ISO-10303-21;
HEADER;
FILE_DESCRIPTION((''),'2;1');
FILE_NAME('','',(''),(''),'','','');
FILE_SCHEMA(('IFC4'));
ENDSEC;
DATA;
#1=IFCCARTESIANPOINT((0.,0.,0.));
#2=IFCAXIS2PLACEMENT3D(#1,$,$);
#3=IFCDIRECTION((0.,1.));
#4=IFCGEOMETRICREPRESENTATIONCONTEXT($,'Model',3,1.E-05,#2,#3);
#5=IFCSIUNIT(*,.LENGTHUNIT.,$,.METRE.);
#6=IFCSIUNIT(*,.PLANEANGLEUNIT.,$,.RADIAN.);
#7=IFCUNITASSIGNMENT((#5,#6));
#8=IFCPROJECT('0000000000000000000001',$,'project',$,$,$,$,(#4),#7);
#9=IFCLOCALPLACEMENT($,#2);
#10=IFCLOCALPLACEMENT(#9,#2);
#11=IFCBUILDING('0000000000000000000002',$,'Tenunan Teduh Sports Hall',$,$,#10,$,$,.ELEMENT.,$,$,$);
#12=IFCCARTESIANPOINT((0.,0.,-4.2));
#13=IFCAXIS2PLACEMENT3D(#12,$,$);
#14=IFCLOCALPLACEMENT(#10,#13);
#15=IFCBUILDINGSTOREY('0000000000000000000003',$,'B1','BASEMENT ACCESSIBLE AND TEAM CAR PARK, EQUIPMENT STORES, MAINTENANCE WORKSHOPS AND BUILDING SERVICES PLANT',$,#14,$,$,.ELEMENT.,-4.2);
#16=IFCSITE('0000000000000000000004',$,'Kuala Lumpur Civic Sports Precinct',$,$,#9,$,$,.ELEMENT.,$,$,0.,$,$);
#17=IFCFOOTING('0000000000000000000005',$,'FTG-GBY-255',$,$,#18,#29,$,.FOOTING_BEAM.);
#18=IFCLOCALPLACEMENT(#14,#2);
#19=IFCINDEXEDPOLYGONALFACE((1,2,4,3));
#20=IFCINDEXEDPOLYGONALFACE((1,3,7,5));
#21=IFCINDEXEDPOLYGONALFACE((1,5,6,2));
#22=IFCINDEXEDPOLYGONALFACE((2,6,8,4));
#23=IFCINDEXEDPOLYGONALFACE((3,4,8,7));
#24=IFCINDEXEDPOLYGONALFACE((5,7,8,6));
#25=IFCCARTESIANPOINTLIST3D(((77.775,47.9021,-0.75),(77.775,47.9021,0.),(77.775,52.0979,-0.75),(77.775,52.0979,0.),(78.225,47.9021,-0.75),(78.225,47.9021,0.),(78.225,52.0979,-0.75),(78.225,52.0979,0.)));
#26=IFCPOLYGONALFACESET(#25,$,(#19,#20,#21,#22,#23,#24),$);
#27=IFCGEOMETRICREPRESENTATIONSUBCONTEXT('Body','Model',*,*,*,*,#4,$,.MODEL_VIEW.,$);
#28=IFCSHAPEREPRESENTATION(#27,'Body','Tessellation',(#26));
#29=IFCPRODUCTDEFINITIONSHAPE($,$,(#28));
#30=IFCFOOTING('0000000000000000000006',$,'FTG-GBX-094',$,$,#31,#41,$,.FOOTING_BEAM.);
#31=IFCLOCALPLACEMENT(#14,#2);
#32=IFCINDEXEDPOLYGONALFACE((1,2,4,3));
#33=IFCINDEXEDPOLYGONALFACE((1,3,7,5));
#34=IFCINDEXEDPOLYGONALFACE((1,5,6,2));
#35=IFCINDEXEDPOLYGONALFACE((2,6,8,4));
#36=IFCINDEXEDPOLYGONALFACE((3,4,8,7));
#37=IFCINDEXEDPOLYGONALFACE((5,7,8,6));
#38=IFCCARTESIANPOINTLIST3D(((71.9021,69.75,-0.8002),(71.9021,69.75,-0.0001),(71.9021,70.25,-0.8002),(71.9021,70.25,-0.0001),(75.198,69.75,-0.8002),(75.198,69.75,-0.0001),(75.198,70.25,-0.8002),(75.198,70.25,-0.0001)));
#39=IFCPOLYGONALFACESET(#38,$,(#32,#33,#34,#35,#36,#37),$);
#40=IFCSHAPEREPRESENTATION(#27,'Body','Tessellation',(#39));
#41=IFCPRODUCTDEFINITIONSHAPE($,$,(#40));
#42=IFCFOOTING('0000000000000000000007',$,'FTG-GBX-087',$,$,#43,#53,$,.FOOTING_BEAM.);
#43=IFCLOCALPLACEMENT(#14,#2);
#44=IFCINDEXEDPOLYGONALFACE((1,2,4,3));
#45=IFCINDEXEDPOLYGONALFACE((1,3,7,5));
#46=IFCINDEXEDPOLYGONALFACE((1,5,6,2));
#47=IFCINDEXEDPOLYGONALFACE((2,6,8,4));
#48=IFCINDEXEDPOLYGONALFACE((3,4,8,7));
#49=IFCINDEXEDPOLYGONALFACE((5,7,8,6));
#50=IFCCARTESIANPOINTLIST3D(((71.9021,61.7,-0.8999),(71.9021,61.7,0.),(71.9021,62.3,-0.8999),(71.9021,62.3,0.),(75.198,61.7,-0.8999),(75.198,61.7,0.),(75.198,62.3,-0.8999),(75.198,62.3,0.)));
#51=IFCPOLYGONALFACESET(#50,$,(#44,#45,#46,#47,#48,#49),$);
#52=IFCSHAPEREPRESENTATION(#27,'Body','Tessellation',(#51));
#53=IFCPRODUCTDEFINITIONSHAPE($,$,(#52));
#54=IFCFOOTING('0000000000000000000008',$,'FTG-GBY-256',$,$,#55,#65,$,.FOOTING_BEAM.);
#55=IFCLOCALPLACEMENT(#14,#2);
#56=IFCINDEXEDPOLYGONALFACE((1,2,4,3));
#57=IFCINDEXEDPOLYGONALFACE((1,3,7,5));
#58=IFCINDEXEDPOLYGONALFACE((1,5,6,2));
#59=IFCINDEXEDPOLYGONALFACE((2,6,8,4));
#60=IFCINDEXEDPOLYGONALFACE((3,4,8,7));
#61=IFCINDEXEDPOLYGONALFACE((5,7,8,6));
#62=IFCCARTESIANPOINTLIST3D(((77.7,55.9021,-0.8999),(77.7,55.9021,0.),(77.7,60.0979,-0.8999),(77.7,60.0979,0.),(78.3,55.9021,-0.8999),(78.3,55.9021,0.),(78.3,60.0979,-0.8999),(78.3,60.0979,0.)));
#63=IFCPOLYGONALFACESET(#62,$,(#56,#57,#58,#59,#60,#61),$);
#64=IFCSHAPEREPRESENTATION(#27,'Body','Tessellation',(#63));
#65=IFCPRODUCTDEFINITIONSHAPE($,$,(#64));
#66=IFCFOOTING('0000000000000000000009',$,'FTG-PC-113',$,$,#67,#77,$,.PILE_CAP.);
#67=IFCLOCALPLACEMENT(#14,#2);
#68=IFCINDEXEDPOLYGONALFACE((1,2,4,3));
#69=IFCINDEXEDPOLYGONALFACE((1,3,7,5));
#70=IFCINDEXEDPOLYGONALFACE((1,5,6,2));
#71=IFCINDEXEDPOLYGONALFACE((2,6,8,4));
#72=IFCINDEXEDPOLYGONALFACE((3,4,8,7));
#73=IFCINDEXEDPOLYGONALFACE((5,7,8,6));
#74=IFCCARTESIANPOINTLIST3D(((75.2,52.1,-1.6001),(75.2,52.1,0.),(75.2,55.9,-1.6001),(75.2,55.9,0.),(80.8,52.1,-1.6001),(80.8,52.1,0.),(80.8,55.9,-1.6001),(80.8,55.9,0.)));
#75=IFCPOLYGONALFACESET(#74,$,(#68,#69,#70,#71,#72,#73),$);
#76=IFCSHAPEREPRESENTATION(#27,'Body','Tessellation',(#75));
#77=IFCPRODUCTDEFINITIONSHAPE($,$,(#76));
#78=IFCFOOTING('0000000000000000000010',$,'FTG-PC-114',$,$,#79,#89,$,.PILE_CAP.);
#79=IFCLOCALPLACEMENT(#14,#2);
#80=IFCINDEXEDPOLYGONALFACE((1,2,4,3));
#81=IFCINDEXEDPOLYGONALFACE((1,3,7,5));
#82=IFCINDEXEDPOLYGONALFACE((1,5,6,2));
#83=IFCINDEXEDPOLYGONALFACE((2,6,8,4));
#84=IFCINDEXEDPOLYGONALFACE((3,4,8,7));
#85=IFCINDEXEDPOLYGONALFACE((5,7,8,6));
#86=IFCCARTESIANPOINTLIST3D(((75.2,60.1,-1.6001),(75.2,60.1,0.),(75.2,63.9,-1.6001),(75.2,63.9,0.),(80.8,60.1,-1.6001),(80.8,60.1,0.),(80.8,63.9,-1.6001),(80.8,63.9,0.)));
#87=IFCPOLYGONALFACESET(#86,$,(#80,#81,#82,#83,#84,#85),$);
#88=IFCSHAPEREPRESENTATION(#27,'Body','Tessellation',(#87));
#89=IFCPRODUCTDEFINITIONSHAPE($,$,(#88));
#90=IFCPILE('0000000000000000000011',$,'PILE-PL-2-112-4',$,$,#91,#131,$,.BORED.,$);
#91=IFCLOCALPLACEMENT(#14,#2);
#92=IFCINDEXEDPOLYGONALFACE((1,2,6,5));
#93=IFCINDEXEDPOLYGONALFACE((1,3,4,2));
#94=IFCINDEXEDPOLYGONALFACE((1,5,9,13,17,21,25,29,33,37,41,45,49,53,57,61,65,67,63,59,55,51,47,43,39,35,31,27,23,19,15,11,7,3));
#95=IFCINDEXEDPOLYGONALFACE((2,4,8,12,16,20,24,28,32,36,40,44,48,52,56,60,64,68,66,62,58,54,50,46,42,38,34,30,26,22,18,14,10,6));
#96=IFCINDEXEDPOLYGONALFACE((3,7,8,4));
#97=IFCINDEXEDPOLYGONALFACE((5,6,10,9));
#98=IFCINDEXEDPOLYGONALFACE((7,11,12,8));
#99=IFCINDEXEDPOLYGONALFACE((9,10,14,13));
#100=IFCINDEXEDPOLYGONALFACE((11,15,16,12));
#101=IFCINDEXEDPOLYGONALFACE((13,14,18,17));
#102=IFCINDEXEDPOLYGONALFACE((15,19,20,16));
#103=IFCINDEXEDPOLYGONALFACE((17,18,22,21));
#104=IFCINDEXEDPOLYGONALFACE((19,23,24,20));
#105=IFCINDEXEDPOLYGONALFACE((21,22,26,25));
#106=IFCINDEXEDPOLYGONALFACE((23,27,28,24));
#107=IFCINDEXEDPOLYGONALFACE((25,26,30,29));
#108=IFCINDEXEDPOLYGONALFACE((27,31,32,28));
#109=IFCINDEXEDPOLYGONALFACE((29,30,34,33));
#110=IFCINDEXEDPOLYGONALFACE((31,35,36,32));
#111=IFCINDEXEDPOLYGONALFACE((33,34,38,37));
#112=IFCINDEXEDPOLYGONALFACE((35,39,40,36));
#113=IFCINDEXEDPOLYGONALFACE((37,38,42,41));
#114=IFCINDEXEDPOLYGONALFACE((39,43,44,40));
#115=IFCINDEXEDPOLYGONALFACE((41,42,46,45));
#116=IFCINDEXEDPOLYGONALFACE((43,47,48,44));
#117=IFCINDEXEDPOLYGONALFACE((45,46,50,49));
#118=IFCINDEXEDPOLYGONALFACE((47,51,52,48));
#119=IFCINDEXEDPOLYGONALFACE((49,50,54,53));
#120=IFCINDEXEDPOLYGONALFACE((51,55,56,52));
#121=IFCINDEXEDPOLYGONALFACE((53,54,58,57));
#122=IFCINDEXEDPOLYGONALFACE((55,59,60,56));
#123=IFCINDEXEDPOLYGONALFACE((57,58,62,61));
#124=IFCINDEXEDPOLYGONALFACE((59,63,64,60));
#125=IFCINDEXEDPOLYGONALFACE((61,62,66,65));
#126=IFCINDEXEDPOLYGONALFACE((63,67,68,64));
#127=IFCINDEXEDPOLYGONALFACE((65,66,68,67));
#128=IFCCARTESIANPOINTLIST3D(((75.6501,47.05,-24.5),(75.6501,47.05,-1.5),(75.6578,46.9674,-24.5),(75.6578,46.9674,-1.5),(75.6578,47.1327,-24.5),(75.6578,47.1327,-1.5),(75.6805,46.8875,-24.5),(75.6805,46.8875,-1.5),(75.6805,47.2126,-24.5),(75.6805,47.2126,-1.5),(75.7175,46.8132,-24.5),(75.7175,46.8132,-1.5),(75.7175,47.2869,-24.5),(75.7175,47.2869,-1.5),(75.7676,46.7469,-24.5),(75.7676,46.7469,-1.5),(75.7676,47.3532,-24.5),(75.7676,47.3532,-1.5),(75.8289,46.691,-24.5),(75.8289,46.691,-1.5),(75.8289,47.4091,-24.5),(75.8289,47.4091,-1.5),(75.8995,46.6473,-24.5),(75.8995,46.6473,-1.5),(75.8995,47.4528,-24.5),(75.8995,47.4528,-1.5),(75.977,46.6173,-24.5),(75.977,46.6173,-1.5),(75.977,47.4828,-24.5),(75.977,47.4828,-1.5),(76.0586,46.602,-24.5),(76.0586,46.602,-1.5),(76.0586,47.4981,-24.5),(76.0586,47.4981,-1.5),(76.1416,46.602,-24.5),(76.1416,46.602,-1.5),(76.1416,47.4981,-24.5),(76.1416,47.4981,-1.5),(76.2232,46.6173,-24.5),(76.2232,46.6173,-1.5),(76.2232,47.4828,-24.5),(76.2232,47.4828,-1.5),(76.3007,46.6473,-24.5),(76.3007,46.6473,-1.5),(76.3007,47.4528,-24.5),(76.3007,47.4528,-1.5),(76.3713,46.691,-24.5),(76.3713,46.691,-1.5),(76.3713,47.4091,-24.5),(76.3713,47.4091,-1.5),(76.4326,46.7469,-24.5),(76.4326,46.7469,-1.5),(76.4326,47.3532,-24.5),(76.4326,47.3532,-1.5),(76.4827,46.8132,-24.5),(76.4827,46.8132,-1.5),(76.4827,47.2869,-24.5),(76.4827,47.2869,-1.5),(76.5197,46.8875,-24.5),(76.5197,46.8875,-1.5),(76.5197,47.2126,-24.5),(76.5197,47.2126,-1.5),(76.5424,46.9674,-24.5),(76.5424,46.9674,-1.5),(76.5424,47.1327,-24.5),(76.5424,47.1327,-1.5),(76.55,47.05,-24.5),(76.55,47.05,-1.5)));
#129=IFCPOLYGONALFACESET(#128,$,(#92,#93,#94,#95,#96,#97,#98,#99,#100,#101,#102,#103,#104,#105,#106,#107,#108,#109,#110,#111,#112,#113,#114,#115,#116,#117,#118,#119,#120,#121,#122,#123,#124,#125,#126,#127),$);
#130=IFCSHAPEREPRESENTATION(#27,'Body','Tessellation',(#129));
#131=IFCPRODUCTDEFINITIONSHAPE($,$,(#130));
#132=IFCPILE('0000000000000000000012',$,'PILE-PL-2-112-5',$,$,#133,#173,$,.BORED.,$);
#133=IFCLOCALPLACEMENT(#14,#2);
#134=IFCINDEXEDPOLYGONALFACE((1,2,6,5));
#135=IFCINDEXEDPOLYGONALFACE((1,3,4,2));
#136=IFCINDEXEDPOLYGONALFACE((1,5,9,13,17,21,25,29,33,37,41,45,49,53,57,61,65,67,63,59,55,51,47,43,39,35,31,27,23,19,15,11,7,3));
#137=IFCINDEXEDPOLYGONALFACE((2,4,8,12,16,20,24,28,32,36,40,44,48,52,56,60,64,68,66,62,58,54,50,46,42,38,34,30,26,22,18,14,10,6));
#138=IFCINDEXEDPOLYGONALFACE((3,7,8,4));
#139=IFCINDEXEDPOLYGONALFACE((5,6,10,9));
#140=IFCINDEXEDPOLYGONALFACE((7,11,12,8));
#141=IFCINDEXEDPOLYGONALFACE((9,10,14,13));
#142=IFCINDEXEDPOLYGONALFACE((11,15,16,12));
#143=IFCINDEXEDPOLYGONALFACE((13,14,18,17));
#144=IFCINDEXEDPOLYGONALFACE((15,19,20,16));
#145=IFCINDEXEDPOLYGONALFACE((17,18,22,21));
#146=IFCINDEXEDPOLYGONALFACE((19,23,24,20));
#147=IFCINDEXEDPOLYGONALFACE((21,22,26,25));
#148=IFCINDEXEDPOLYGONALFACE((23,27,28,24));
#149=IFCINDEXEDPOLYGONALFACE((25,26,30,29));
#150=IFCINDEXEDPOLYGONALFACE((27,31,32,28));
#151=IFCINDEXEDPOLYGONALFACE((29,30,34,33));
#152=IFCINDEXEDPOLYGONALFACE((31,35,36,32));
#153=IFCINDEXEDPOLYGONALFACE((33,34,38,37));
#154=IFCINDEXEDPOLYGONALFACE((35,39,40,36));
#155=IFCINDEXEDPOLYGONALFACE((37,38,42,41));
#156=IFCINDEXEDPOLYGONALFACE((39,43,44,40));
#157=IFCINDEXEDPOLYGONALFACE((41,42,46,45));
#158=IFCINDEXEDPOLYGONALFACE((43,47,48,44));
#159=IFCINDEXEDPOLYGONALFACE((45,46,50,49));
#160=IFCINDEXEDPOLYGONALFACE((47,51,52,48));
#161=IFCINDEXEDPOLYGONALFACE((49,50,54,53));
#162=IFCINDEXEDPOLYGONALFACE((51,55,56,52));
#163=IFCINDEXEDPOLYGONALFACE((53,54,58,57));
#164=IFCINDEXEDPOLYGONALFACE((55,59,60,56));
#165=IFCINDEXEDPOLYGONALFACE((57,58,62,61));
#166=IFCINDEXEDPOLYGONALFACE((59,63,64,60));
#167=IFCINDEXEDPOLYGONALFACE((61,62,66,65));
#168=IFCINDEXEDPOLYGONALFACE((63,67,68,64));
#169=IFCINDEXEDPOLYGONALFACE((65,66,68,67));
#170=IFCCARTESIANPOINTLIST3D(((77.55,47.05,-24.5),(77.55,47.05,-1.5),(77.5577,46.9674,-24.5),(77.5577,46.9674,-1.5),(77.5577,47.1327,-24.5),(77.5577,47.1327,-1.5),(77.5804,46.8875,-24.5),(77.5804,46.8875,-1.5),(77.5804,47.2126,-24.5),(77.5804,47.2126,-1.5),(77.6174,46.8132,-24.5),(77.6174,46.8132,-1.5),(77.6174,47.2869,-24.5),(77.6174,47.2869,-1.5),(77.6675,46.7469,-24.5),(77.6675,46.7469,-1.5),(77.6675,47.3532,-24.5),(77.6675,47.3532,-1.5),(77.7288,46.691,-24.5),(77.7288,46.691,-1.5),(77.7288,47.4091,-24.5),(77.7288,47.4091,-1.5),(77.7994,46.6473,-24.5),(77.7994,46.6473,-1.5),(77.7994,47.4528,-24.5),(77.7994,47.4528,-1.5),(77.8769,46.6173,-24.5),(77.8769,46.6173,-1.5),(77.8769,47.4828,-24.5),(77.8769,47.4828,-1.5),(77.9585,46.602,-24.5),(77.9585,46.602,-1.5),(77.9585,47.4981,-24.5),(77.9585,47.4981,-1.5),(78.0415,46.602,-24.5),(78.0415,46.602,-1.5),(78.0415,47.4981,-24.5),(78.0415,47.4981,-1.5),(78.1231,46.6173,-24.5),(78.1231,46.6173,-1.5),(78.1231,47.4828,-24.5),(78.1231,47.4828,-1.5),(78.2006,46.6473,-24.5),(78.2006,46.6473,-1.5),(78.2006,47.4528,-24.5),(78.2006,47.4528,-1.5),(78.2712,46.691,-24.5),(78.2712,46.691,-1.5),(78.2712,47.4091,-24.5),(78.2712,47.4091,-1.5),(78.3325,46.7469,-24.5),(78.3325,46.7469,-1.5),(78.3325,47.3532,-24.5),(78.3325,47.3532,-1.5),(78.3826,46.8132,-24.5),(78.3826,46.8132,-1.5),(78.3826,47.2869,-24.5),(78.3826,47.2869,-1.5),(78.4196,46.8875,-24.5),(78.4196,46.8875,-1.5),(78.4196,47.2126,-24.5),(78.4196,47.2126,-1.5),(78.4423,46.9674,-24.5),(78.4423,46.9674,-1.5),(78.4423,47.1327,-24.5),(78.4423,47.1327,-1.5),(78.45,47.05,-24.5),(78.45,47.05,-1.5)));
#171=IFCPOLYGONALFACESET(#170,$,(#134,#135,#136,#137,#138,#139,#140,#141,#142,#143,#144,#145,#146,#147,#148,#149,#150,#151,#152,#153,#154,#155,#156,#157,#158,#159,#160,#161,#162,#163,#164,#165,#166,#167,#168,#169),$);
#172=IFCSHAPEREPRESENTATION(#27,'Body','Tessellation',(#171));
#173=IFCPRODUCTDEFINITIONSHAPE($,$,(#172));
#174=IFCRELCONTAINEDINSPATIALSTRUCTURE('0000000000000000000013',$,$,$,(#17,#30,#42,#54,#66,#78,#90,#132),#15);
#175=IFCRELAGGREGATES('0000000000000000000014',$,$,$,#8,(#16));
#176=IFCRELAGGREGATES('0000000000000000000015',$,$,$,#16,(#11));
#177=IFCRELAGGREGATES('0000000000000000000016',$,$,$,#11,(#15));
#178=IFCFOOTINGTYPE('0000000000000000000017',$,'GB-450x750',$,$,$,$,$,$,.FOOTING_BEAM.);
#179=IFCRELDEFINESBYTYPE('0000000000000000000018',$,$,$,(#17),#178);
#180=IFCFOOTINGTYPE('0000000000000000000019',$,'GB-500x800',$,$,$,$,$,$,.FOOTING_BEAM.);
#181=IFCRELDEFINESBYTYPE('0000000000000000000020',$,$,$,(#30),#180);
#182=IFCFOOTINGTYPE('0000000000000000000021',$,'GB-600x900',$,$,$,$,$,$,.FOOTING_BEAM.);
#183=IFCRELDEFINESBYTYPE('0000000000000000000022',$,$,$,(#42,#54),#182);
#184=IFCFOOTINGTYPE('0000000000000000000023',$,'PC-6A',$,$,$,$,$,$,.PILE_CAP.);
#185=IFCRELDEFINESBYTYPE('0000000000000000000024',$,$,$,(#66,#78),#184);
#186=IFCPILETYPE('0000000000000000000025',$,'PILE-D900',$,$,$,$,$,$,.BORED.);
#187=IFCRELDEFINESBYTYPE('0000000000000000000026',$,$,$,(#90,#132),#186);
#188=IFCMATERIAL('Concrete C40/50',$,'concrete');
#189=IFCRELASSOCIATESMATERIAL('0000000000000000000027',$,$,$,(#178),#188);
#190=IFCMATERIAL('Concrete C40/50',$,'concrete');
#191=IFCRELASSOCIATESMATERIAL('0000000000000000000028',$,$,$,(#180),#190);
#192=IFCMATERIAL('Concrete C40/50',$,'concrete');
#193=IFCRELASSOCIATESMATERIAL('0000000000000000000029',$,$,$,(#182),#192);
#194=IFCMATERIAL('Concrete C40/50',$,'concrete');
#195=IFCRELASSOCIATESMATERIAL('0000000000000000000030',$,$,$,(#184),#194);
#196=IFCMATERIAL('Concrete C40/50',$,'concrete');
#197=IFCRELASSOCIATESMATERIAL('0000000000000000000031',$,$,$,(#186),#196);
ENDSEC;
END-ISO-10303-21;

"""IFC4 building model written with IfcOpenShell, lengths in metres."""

from ifc_helpers import new_model, si_unit, direction, frame, origin, origin_2d, place, context, subcontext, project, spatial, rectangle, circle, extrude, material, material_profile, profile_set, type_object, element, save


model = new_model("IFC4")

# Units and contexts
model_context = context("Model", 3, precision=1e-05, world=origin(), true_north=direction((0.0, 1.0)))
body_context = subcontext(model_context, "Body", "Model", "MODEL_VIEW")
ifc_project = project(units=[si_unit("LENGTHUNIT", "METRE"), si_unit("PLANEANGLEUNIT", "RADIAN")], contexts=[model_context])

# Site, building, storey
site_placement = place(None, origin())
site = spatial("IfcSite", under=ifc_project, at=site_placement, Name="Kuala Lumpur Civic Sports Precinct", CompositionType="ELEMENT", RefElevation=0.0)
building_placement = place(site_placement, origin())
building = spatial("IfcBuilding", under=site, at=building_placement, Name="Tenunan Teduh Sports Hall", CompositionType="ELEMENT")
storey_placement = place(building_placement, frame((0.0, 0.0, -4.2)))
storey = spatial("IfcBuildingStorey", under=building, at=storey_placement, Name="B1", Description="BASEMENT ACCESSIBLE AND TEAM CAR PARK, EQUIPMENT STORES, MAINTENANCE WORKSHOPS AND BUILDING SERVICES PLANT", CompositionType="ELEMENT", Elevation=-4.2)

# Footings
ifc_material_1 = material(Name="Concrete C40/50", Category="concrete")
ifc_material_profile_1 = material_profile(ifc_material_1, rectangle(XDim=0.45, YDim=0.75, at=origin_2d()), Name="RCB 450x750")
ifc_profile_set_1 = profile_set([ifc_material_profile_1], Name="Concrete C40/50")
footing_type_1 = type_object("IfcFootingType", Name="GB-450x750", PredefinedType="FOOTING_BEAM", material=ifc_profile_set_1)
footing_1_placement = place(storey_placement, frame((78.0, 47.9021, -0.375), z_axis=(0.0, 1.0, 0.0), x_axis=(-1.0, 0.0, 0.0)))
element("IfcFooting", 1, at=footing_1_placement, inside=storey, type_object=footing_type_1, Name="FTG-GBY-255", PredefinedType="FOOTING_BEAM", context=body_context, shape_type="SweptSolid", body=[
    extrude(rectangle(XDim=0.45, YDim=0.75, at=origin_2d()), origin(), (0.0, 0.0, 1.0), 4.1958),
])
ifc_material_2 = material(Name="Concrete C40/50", Category="concrete")
ifc_material_profile_2 = material_profile(ifc_material_2, rectangle(XDim=0.5, YDim=0.8, at=origin_2d()), Name="RCB 500x800")
ifc_profile_set_2 = profile_set([ifc_material_profile_2], Name="Concrete C40/50")
footing_type_2 = type_object("IfcFootingType", Name="GB-500x800", PredefinedType="FOOTING_BEAM", material=ifc_profile_set_2)
footing_2_placement = place(storey_placement, frame((71.9021, 70.0, -0.4001), z_axis=(1.0, 0.0, 0.0), x_axis=(0.0, 1.0, 0.0)))
element("IfcFooting", 2, at=footing_2_placement, inside=storey, type_object=footing_type_2, Name="FTG-GBX-094", PredefinedType="FOOTING_BEAM", context=body_context, shape_type="SweptSolid", body=[
    extrude(rectangle(XDim=0.5, YDim=0.8, at=origin_2d()), origin(), (0.0, 0.0, 1.0), 3.2959),
])
ifc_material_3 = material(Name="Concrete C40/50", Category="concrete")
ifc_material_profile_3 = material_profile(ifc_material_3, rectangle(XDim=0.6001, YDim=0.8999, at=origin_2d()), Name="RCB 600x900")
ifc_profile_set_3 = profile_set([ifc_material_profile_3], Name="Concrete C40/50")
footing_type_3 = type_object("IfcFootingType", Name="GB-600x900", PredefinedType="FOOTING_BEAM", material=ifc_profile_set_3)
footing_3_placement = place(storey_placement, frame((71.9021, 62.0, -0.45), z_axis=(1.0, 0.0, 0.0), x_axis=(0.0, 1.0, 0.0)))
element("IfcFooting", 3, at=footing_3_placement, inside=storey, type_object=footing_type_3, Name="FTG-GBX-087", PredefinedType="FOOTING_BEAM", context=body_context, shape_type="SweptSolid", body=[
    extrude(rectangle(XDim=0.6001, YDim=0.8999, at=origin_2d()), origin(), (0.0, 0.0, 1.0), 3.2959),
])
footing_4_placement = place(storey_placement, frame((78.0, 55.9021, -0.45), z_axis=(0.0, 1.0, 0.0), x_axis=(-1.0, 0.0, 0.0)))
element("IfcFooting", 4, at=footing_4_placement, inside=storey, type_object=footing_type_3, Name="FTG-GBY-256", PredefinedType="FOOTING_BEAM", context=body_context, shape_type="SweptSolid", body=[
    extrude(rectangle(XDim=0.6001, YDim=0.8999, at=origin_2d()), origin(), (0.0, 0.0, 1.0), 4.1958),
])
ifc_material_4 = material(Name="Concrete C40/50", Category="concrete")
footing_type_4 = type_object("IfcFootingType", Name="PC-6A", PredefinedType="PILE_CAP", material=ifc_material_4)
for number, where, z_axis, x_axis, name in (
    (5, (78.0, 54.0, -1.6001), (0.0, 0.0, 1.0), (1.0, 0.0, 0.0), "FTG-PC-113"),
    (6, (78.0, 62.0, -1.6001), (0.0, 0.0, 1.0), (1.0, 0.0, 0.0), "FTG-PC-114"),
):
    element("IfcFooting", number, at=place(storey_placement, frame(where, z_axis=z_axis, x_axis=x_axis)), inside=storey, type_object=footing_type_4, Name=name, PredefinedType="PILE_CAP", context=body_context, shape_type="SweptSolid", body=[
        extrude(rectangle(XDim=5.6001, YDim=3.8, at=origin_2d()), origin(), (0.0, 0.0, 1.0), 1.6001),
    ])

# Piles
ifc_material_5 = material(Name="Concrete C40/50", Category="concrete")
ifc_material_profile_4 = material_profile(ifc_material_5, circle(Radius=0.45, at=origin_2d()), Name="PILE D900")
ifc_profile_set_4 = profile_set([ifc_material_profile_4], Name="Concrete C40/50")
pile_type = type_object("IfcPileType", Name="PILE-D900", PredefinedType="BORED", material=ifc_profile_set_4)
for number, where, z_axis, x_axis, name in (
    (7, (76.1001, 47.05, -1.5), (0.0, 0.0, -1.0), (1.0, 0.0, 0.0), "PILE-PL-2-112-4"),
    (8, (78.0, 47.05, -1.5), (0.0, 0.0, -1.0), (1.0, 0.0, 0.0), "PILE-PL-2-112-5"),
):
    element("IfcPile", number, at=place(storey_placement, frame(where, z_axis=z_axis, x_axis=x_axis)), inside=storey, type_object=pile_type, Name=name, PredefinedType="BORED", context=body_context, shape_type="SweptSolid", body=[
        extrude(circle(Radius=0.45, at=origin_2d()), origin(), (0.0, 0.0, 1.0), 23.0),
    ])

save(model, "model.ifc")
